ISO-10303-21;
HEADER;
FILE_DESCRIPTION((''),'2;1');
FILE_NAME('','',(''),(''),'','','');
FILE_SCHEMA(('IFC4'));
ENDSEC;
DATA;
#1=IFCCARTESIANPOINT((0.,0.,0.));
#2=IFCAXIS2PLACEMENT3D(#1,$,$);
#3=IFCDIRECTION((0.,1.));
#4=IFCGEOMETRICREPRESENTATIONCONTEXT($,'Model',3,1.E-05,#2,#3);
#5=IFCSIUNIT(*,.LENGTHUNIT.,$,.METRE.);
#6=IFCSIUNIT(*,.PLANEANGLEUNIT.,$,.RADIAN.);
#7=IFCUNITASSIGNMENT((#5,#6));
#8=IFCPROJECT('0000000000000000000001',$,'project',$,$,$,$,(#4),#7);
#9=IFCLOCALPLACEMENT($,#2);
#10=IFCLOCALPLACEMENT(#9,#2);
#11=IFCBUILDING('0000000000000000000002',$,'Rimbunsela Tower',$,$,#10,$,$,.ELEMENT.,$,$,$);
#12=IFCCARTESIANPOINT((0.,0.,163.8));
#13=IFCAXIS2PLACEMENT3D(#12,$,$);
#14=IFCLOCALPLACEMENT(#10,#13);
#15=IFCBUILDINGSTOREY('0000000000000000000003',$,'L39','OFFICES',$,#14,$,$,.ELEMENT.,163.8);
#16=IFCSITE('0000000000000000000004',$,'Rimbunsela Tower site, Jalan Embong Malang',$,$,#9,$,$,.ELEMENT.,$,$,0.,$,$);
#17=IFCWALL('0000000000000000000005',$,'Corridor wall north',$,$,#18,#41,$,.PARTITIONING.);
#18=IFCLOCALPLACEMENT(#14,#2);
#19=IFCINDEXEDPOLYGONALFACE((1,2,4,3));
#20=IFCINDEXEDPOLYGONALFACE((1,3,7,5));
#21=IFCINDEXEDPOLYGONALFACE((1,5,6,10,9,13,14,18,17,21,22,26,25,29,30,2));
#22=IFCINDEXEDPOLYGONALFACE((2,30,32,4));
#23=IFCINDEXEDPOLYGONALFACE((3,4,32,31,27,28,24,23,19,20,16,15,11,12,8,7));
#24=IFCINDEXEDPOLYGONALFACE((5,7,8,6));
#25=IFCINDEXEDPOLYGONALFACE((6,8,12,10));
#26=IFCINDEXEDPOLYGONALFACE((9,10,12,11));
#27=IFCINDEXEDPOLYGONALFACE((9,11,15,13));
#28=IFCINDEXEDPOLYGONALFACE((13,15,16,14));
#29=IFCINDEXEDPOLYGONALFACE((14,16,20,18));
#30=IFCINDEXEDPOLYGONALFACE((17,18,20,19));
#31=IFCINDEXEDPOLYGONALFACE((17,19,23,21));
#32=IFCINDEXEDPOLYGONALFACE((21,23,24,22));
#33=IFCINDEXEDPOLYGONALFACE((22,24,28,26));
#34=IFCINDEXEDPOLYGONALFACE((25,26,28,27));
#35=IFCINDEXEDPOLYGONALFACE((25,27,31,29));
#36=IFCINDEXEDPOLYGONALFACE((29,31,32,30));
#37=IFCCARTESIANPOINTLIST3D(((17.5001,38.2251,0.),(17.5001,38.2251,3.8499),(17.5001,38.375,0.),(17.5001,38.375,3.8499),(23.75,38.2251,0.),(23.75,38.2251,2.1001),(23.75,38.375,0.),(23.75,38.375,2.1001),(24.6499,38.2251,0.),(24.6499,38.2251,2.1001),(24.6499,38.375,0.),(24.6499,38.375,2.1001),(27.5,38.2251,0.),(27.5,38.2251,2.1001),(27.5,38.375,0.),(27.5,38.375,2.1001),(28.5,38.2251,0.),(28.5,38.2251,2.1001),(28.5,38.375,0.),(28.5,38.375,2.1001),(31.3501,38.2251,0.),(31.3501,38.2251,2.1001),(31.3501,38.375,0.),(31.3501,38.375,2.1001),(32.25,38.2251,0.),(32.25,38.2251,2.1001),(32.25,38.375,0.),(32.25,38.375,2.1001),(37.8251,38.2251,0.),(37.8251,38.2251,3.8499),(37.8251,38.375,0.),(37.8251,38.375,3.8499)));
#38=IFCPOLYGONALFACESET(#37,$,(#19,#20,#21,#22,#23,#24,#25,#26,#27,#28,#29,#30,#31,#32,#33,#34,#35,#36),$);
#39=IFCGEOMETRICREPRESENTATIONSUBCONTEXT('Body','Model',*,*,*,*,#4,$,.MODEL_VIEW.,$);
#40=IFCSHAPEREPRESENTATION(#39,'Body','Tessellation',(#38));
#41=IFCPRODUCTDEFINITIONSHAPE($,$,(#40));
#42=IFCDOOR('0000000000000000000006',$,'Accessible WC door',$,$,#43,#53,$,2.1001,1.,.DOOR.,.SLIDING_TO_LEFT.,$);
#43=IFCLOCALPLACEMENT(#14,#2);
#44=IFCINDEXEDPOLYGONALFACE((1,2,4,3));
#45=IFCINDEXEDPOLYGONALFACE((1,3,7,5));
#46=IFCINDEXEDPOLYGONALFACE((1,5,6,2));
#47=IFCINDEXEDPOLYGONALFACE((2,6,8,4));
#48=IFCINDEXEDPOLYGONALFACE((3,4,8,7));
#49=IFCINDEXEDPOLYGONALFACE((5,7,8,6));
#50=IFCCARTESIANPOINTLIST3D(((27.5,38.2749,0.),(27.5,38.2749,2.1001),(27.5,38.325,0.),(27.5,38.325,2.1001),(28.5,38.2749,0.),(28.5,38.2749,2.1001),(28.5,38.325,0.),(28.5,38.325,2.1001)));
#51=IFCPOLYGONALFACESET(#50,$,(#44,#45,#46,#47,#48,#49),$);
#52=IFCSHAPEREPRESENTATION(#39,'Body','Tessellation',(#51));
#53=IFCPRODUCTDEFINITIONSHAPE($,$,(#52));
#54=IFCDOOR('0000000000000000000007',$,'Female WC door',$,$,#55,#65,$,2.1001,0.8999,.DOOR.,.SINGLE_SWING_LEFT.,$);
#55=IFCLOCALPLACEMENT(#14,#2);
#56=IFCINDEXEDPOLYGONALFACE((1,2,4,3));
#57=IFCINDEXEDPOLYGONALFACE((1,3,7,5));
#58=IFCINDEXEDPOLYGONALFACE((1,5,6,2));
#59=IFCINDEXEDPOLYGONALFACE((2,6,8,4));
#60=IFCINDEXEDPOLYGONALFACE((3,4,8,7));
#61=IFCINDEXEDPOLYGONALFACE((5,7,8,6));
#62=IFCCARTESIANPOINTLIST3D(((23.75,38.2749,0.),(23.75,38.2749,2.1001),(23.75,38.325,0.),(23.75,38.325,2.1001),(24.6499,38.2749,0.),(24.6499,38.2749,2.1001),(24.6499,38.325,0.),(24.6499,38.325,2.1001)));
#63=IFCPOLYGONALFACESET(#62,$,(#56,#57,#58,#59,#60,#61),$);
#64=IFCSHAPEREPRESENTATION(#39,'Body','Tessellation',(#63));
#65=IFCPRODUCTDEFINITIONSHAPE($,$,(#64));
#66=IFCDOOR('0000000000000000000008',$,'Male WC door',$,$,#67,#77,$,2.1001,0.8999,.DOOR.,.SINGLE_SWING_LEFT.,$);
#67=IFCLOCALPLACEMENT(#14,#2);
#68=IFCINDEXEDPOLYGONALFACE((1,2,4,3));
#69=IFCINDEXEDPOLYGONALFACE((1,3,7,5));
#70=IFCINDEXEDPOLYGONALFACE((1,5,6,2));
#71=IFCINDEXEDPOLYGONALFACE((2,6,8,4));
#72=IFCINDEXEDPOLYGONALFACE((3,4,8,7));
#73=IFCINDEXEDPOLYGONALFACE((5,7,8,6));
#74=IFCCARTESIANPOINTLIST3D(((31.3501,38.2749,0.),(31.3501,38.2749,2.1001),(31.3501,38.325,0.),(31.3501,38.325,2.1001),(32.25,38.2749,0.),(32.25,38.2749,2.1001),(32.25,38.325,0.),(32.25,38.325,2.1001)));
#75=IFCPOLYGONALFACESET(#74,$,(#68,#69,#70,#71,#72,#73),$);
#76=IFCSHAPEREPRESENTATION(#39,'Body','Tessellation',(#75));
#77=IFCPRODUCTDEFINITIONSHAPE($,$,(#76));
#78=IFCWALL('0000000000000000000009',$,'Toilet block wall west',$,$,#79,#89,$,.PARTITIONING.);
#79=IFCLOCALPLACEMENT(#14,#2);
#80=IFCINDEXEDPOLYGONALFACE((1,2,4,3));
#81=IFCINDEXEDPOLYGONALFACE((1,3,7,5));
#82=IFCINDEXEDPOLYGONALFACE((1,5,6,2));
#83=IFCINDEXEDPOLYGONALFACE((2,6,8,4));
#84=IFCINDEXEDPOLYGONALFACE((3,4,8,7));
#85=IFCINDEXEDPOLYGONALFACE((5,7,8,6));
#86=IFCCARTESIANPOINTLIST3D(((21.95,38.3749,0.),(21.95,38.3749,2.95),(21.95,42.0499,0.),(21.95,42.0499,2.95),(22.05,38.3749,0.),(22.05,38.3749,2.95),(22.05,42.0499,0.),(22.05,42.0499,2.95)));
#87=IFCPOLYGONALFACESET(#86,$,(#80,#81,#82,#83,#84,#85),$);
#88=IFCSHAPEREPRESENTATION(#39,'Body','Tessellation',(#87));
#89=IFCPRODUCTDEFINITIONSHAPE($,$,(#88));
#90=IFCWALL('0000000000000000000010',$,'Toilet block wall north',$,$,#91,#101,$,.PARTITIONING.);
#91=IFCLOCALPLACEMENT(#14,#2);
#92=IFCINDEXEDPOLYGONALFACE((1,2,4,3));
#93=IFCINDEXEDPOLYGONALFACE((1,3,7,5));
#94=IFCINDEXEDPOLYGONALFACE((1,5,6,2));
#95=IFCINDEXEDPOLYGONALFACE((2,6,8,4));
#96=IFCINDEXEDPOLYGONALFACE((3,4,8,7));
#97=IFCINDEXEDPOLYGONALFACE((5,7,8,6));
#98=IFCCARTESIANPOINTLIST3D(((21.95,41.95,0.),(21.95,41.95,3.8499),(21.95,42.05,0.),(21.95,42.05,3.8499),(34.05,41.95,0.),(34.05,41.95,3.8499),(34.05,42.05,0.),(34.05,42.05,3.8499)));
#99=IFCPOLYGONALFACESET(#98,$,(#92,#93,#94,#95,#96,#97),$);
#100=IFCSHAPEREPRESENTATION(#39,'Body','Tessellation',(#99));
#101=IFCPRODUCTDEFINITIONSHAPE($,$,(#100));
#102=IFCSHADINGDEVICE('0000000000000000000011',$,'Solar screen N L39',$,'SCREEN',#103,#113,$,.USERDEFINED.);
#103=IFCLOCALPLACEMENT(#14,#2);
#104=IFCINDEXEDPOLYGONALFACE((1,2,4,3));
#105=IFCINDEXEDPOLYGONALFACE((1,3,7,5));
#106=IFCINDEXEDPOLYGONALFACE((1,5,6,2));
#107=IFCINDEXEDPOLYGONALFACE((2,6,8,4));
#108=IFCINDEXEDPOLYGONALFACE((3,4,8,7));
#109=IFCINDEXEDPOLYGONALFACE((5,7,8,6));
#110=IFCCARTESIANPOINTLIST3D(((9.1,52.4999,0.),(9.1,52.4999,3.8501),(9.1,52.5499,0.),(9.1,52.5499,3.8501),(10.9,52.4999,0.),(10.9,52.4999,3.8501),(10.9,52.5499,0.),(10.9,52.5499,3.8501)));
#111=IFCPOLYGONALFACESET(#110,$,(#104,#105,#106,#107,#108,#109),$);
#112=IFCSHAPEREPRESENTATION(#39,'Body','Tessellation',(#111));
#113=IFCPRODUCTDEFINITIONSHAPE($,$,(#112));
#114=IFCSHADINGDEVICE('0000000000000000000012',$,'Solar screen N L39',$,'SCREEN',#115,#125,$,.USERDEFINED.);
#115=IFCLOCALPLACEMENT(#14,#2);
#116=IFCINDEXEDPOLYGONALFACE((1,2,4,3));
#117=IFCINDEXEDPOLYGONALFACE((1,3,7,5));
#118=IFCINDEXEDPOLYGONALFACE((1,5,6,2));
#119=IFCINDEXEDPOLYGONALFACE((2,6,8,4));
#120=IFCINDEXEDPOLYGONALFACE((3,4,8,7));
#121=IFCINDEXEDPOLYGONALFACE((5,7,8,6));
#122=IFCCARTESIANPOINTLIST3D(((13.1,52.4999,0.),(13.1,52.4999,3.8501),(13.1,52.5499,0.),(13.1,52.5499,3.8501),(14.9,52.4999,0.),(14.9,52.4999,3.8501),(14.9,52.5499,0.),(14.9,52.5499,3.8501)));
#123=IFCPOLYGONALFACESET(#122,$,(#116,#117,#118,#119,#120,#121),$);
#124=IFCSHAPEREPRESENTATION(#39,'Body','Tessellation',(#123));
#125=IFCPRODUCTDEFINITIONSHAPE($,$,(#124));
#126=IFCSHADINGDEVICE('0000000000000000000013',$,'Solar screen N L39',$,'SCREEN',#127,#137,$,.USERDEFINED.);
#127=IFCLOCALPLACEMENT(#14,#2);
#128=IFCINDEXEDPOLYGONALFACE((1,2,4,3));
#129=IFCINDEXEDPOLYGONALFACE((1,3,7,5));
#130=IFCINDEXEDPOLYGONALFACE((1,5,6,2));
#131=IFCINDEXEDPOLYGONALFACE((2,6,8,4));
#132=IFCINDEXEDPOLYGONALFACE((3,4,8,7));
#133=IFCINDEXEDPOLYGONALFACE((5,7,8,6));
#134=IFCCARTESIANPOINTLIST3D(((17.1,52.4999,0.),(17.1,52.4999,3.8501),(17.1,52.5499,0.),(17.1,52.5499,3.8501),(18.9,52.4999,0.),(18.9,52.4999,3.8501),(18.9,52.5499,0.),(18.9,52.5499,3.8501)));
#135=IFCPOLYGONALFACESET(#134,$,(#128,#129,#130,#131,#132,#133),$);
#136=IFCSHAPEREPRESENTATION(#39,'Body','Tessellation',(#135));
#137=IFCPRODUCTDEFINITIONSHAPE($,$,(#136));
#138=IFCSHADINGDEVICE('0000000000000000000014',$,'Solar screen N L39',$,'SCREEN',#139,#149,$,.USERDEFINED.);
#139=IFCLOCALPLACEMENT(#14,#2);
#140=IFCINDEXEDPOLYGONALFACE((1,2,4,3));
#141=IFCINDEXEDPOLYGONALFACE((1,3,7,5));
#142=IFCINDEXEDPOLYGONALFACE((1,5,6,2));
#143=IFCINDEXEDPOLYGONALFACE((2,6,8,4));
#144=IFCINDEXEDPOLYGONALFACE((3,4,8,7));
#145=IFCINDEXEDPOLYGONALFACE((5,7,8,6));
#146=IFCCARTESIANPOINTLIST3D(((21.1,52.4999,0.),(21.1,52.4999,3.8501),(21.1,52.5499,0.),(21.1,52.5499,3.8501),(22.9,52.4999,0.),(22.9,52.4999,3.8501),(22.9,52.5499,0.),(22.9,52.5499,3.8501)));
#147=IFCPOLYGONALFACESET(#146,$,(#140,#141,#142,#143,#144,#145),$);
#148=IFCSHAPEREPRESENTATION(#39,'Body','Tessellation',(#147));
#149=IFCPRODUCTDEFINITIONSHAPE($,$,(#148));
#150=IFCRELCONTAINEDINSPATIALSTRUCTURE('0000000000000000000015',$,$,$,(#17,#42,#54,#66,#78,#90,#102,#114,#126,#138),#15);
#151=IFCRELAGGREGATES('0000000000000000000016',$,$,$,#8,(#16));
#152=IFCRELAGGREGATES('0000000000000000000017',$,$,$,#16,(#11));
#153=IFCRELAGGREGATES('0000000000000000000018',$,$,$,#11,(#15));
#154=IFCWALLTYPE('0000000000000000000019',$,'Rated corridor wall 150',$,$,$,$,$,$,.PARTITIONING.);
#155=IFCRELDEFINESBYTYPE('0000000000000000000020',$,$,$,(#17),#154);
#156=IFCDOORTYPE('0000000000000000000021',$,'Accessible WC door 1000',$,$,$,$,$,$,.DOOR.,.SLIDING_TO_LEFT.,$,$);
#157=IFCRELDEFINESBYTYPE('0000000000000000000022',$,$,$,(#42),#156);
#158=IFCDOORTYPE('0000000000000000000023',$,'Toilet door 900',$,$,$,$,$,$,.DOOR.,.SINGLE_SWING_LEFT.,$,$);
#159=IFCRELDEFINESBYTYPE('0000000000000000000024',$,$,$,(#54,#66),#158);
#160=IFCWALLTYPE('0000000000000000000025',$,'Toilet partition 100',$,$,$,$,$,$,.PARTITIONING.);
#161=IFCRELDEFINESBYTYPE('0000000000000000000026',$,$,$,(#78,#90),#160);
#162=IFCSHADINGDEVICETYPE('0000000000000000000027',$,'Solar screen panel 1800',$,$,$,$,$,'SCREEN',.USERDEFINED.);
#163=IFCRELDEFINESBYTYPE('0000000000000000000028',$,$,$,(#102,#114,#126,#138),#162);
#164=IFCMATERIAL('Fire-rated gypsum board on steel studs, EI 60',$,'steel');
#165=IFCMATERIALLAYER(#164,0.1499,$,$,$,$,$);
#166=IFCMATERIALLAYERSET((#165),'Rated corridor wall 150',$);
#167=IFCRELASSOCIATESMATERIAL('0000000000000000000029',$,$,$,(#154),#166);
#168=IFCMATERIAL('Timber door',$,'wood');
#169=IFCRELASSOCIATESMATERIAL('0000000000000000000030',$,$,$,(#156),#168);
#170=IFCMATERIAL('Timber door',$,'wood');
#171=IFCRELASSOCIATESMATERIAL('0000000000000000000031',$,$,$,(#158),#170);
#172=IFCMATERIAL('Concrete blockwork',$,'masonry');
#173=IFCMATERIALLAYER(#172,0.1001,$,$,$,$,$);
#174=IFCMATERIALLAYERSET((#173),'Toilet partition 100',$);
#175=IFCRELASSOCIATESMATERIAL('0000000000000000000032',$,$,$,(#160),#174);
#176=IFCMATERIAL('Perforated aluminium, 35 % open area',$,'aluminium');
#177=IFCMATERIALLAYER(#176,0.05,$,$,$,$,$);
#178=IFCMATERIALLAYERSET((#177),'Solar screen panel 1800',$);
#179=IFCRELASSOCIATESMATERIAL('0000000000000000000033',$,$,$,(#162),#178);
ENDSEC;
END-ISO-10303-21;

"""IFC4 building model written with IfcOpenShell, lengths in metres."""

from ifc_helpers import new_model, si_unit, direction, frame, frame_2d, origin, origin_2d, place, context, subcontext, project, spatial, rectangle, extrude, material, layer, layer_set, type_object, element, fill, save


model = new_model("IFC4")

# Units and contexts
model_context = context("Model", 3, precision=1e-05, world=origin(), true_north=direction((0.0, 1.0)))
body_context = subcontext(model_context, "Body", "Model", "MODEL_VIEW")
ifc_project = project(units=[si_unit("LENGTHUNIT", "METRE"), si_unit("PLANEANGLEUNIT", "RADIAN")], contexts=[model_context])

# Site, building, storey
site_placement = place(None, origin())
site = spatial("IfcSite", under=ifc_project, at=site_placement, Name="Rimbunsela Tower site, Jalan Embong Malang", CompositionType="ELEMENT", RefElevation=0.0)
building_placement = place(site_placement, origin())
building = spatial("IfcBuilding", under=site, at=building_placement, Name="Rimbunsela Tower", CompositionType="ELEMENT")
storey_placement = place(building_placement, frame((0.0, 0.0, 163.8)))
storey = spatial("IfcBuildingStorey", under=building, at=storey_placement, Name="L39", Description="OFFICES", CompositionType="ELEMENT", Elevation=163.8)

# Wall, openings, doors
ifc_material_1 = material(Name="Fire-rated gypsum board on steel studs, EI 60", Category="steel")
ifc_layer_1 = layer(ifc_material_1, 0.1499)
ifc_layer_set_1 = layer_set([ifc_layer_1], Name="Rated corridor wall 150")
wall_type_1 = type_object("IfcWallType", Name="Rated corridor wall 150", PredefinedType="PARTITIONING", material=ifc_layer_set_1)
wall_1_placement = place(storey_placement, frame((17.5, 38.3, 0.0), z_axis=(0.0, 0.0, 1.0), x_axis=(1.0, 0.0, 0.0)))
wall_1 = element("IfcWall", 1, at=wall_1_placement, inside=storey, type_object=wall_type_1, Name="Corridor wall north", PredefinedType="PARTITIONING", context=body_context, shape_type="SweptSolid", body=[
    extrude(rectangle(XDim=20.325, YDim=0.1499, at=frame_2d((10.1626, 0.0))), origin(), (0.0, 0.0, 1.0), 3.8499),
])
opening_1_placement = place(wall_1_placement, frame((6.25, 0.0, 0.0)))
opening_1 = element("IfcOpeningElement", 2, at=opening_1_placement, cuts=wall_1, PredefinedType="OPENING", context=body_context, shape_type="SweptSolid", body=[
    extrude(rectangle(XDim=0.8999, YDim=2.1001, at=frame_2d((0.45, 1.05))), frame((0.0, 0.085, 0.0), z_axis=(0.0, -1.0, 0.0), x_axis=(1.0, 0.0, 0.0)), (0.0, 0.0, 1.0), 0.1699),
])
opening_2_placement = place(wall_1_placement, frame((10.0, 0.0, 0.0)))
opening_2 = element("IfcOpeningElement", 3, at=opening_2_placement, cuts=wall_1, PredefinedType="OPENING", context=body_context, shape_type="SweptSolid", body=[
    extrude(rectangle(XDim=1.0, YDim=2.1001, at=frame_2d((0.5, 1.05))), frame((0.0, 0.085, 0.0), z_axis=(0.0, -1.0, 0.0), x_axis=(1.0, 0.0, 0.0)), (0.0, 0.0, 1.0), 0.1699),
])
opening_3_placement = place(wall_1_placement, frame((13.8501, 0.0, 0.0)))
opening_3 = element("IfcOpeningElement", 4, at=opening_3_placement, cuts=wall_1, PredefinedType="OPENING", context=body_context, shape_type="SweptSolid", body=[
    extrude(rectangle(XDim=0.8999, YDim=2.1001, at=frame_2d((0.45, 1.05))), frame((0.0, 0.085, 0.0), z_axis=(0.0, -1.0, 0.0), x_axis=(1.0, 0.0, 0.0)), (0.0, 0.0, 1.0), 0.1699),
])
ifc_material_2 = material(Name="Timber door", Category="wood")
door_type_1 = type_object("IfcDoorType", Name="Accessible WC door 1000", OperationType="SLIDING_TO_LEFT", PredefinedType="DOOR", material=ifc_material_2)
door_1_placement = place(opening_2_placement, origin())
door_1 = element("IfcDoor", 5, at=door_1_placement, inside=storey, type_object=door_type_1, Name="Accessible WC door", OperationType="SLIDING_TO_LEFT", OverallHeight=2.1001, OverallWidth=1.0, PredefinedType="DOOR", context=body_context, shape_type="SweptSolid", body=[
    extrude(rectangle(XDim=1.0, YDim=2.1001, at=frame_2d((0.5, 1.05))), frame((0.0, 0.0249, 0.0), z_axis=(0.0, -1.0, 0.0), x_axis=(1.0, 0.0, 0.0)), (0.0, 0.0, 1.0), 0.05),
])
fill(opening_2, door_1)
ifc_material_3 = material(Name="Timber door", Category="wood")
door_type_2 = type_object("IfcDoorType", Name="Toilet door 900", OperationType="SINGLE_SWING_LEFT", PredefinedType="DOOR", material=ifc_material_3)
door_2_placement = place(opening_1_placement, origin())
door_2 = element("IfcDoor", 6, at=door_2_placement, inside=storey, type_object=door_type_2, Name="Female WC door", OperationType="SINGLE_SWING_LEFT", OverallHeight=2.1001, OverallWidth=0.8999, PredefinedType="DOOR", context=body_context, shape_type="SweptSolid", body=[
    extrude(rectangle(XDim=0.8999, YDim=2.1001, at=frame_2d((0.45, 1.05))), frame((0.0, 0.0249, 0.0), z_axis=(0.0, -1.0, 0.0), x_axis=(1.0, 0.0, 0.0)), (0.0, 0.0, 1.0), 0.05),
])
fill(opening_1, door_2)
door_3_placement = place(opening_3_placement, origin())
door_3 = element("IfcDoor", 7, at=door_3_placement, inside=storey, type_object=door_type_2, Name="Male WC door", OperationType="SINGLE_SWING_LEFT", OverallHeight=2.1001, OverallWidth=0.8999, PredefinedType="DOOR", context=body_context, shape_type="SweptSolid", body=[
    extrude(rectangle(XDim=0.8999, YDim=2.1001, at=frame_2d((0.45, 1.05))), frame((0.0, 0.0249, 0.0), z_axis=(0.0, -1.0, 0.0), x_axis=(1.0, 0.0, 0.0)), (0.0, 0.0, 1.0), 0.05),
])
fill(opening_3, door_3)

# Walls
ifc_material_4 = material(Name="Concrete blockwork", Category="masonry")
ifc_layer_2 = layer(ifc_material_4, 0.1001)
ifc_layer_set_2 = layer_set([ifc_layer_2], Name="Toilet partition 100")
wall_type_2 = type_object("IfcWallType", Name="Toilet partition 100", PredefinedType="PARTITIONING", material=ifc_layer_set_2)
wall_2_placement = place(storey_placement, frame((22.0, 38.375, 0.0), z_axis=(0.0, 0.0, 1.0), x_axis=(0.0, 1.0, 0.0)))
element("IfcWall", 8, at=wall_2_placement, inside=storey, type_object=wall_type_2, Name="Toilet block wall west", PredefinedType="PARTITIONING", context=body_context, shape_type="SweptSolid", body=[
    extrude(rectangle(XDim=3.675, YDim=0.1001, at=frame_2d((1.8374, 0.0))), origin(), (0.0, 0.0, 1.0), 2.95),
])
wall_3_placement = place(storey_placement, frame((21.95, 42.0, 0.0), z_axis=(0.0, 0.0, 1.0), x_axis=(1.0, 0.0, 0.0)))
element("IfcWall", 9, at=wall_3_placement, inside=storey, type_object=wall_type_2, Name="Toilet block wall north", PredefinedType="PARTITIONING", context=body_context, shape_type="SweptSolid", body=[
    extrude(rectangle(XDim=12.1001, YDim=0.1001, at=frame_2d((6.05, 0.0))), origin(), (0.0, 0.0, 1.0), 3.8499),
])

# Shading devices
ifc_material_5 = material(Name="Perforated aluminium, 35 % open area", Category="aluminium")
ifc_layer_3 = layer(ifc_material_5, 0.05)
ifc_layer_set_3 = layer_set([ifc_layer_3], Name="Solar screen panel 1800")
shading_device_type = type_object("IfcShadingDeviceType", Name="Solar screen panel 1800", ElementType="SCREEN", PredefinedType="USERDEFINED", material=ifc_layer_set_3)
for number, where, z_axis, x_axis, name in (
    (10, (10.0, 52.5249, 0.0), (0.0, 0.0, 1.0), (1.0, 0.0, 0.0), "Solar screen N L39"),
    (11, (14.0, 52.5249, 0.0), (0.0, 0.0, 1.0), (1.0, 0.0, 0.0), "Solar screen N L39"),
    (12, (18.0, 52.5249, 0.0), (0.0, 0.0, 1.0), (1.0, 0.0, 0.0), "Solar screen N L39"),
    (13, (22.0, 52.5249, 0.0), (0.0, 0.0, 1.0), (1.0, 0.0, 0.0), "Solar screen N L39"),
):
    element("IfcShadingDevice", number, at=place(storey_placement, frame(where, z_axis=z_axis, x_axis=x_axis)), inside=storey, type_object=shading_device_type, Name=name, ObjectType="SCREEN", PredefinedType="USERDEFINED", context=body_context, shape_type="SweptSolid", body=[
        extrude(rectangle(XDim=1.8, YDim=0.05, at=origin_2d()), origin(), (0.0, 0.0, 1.0), 3.8501),
    ])

save(model, "model.ifc")
